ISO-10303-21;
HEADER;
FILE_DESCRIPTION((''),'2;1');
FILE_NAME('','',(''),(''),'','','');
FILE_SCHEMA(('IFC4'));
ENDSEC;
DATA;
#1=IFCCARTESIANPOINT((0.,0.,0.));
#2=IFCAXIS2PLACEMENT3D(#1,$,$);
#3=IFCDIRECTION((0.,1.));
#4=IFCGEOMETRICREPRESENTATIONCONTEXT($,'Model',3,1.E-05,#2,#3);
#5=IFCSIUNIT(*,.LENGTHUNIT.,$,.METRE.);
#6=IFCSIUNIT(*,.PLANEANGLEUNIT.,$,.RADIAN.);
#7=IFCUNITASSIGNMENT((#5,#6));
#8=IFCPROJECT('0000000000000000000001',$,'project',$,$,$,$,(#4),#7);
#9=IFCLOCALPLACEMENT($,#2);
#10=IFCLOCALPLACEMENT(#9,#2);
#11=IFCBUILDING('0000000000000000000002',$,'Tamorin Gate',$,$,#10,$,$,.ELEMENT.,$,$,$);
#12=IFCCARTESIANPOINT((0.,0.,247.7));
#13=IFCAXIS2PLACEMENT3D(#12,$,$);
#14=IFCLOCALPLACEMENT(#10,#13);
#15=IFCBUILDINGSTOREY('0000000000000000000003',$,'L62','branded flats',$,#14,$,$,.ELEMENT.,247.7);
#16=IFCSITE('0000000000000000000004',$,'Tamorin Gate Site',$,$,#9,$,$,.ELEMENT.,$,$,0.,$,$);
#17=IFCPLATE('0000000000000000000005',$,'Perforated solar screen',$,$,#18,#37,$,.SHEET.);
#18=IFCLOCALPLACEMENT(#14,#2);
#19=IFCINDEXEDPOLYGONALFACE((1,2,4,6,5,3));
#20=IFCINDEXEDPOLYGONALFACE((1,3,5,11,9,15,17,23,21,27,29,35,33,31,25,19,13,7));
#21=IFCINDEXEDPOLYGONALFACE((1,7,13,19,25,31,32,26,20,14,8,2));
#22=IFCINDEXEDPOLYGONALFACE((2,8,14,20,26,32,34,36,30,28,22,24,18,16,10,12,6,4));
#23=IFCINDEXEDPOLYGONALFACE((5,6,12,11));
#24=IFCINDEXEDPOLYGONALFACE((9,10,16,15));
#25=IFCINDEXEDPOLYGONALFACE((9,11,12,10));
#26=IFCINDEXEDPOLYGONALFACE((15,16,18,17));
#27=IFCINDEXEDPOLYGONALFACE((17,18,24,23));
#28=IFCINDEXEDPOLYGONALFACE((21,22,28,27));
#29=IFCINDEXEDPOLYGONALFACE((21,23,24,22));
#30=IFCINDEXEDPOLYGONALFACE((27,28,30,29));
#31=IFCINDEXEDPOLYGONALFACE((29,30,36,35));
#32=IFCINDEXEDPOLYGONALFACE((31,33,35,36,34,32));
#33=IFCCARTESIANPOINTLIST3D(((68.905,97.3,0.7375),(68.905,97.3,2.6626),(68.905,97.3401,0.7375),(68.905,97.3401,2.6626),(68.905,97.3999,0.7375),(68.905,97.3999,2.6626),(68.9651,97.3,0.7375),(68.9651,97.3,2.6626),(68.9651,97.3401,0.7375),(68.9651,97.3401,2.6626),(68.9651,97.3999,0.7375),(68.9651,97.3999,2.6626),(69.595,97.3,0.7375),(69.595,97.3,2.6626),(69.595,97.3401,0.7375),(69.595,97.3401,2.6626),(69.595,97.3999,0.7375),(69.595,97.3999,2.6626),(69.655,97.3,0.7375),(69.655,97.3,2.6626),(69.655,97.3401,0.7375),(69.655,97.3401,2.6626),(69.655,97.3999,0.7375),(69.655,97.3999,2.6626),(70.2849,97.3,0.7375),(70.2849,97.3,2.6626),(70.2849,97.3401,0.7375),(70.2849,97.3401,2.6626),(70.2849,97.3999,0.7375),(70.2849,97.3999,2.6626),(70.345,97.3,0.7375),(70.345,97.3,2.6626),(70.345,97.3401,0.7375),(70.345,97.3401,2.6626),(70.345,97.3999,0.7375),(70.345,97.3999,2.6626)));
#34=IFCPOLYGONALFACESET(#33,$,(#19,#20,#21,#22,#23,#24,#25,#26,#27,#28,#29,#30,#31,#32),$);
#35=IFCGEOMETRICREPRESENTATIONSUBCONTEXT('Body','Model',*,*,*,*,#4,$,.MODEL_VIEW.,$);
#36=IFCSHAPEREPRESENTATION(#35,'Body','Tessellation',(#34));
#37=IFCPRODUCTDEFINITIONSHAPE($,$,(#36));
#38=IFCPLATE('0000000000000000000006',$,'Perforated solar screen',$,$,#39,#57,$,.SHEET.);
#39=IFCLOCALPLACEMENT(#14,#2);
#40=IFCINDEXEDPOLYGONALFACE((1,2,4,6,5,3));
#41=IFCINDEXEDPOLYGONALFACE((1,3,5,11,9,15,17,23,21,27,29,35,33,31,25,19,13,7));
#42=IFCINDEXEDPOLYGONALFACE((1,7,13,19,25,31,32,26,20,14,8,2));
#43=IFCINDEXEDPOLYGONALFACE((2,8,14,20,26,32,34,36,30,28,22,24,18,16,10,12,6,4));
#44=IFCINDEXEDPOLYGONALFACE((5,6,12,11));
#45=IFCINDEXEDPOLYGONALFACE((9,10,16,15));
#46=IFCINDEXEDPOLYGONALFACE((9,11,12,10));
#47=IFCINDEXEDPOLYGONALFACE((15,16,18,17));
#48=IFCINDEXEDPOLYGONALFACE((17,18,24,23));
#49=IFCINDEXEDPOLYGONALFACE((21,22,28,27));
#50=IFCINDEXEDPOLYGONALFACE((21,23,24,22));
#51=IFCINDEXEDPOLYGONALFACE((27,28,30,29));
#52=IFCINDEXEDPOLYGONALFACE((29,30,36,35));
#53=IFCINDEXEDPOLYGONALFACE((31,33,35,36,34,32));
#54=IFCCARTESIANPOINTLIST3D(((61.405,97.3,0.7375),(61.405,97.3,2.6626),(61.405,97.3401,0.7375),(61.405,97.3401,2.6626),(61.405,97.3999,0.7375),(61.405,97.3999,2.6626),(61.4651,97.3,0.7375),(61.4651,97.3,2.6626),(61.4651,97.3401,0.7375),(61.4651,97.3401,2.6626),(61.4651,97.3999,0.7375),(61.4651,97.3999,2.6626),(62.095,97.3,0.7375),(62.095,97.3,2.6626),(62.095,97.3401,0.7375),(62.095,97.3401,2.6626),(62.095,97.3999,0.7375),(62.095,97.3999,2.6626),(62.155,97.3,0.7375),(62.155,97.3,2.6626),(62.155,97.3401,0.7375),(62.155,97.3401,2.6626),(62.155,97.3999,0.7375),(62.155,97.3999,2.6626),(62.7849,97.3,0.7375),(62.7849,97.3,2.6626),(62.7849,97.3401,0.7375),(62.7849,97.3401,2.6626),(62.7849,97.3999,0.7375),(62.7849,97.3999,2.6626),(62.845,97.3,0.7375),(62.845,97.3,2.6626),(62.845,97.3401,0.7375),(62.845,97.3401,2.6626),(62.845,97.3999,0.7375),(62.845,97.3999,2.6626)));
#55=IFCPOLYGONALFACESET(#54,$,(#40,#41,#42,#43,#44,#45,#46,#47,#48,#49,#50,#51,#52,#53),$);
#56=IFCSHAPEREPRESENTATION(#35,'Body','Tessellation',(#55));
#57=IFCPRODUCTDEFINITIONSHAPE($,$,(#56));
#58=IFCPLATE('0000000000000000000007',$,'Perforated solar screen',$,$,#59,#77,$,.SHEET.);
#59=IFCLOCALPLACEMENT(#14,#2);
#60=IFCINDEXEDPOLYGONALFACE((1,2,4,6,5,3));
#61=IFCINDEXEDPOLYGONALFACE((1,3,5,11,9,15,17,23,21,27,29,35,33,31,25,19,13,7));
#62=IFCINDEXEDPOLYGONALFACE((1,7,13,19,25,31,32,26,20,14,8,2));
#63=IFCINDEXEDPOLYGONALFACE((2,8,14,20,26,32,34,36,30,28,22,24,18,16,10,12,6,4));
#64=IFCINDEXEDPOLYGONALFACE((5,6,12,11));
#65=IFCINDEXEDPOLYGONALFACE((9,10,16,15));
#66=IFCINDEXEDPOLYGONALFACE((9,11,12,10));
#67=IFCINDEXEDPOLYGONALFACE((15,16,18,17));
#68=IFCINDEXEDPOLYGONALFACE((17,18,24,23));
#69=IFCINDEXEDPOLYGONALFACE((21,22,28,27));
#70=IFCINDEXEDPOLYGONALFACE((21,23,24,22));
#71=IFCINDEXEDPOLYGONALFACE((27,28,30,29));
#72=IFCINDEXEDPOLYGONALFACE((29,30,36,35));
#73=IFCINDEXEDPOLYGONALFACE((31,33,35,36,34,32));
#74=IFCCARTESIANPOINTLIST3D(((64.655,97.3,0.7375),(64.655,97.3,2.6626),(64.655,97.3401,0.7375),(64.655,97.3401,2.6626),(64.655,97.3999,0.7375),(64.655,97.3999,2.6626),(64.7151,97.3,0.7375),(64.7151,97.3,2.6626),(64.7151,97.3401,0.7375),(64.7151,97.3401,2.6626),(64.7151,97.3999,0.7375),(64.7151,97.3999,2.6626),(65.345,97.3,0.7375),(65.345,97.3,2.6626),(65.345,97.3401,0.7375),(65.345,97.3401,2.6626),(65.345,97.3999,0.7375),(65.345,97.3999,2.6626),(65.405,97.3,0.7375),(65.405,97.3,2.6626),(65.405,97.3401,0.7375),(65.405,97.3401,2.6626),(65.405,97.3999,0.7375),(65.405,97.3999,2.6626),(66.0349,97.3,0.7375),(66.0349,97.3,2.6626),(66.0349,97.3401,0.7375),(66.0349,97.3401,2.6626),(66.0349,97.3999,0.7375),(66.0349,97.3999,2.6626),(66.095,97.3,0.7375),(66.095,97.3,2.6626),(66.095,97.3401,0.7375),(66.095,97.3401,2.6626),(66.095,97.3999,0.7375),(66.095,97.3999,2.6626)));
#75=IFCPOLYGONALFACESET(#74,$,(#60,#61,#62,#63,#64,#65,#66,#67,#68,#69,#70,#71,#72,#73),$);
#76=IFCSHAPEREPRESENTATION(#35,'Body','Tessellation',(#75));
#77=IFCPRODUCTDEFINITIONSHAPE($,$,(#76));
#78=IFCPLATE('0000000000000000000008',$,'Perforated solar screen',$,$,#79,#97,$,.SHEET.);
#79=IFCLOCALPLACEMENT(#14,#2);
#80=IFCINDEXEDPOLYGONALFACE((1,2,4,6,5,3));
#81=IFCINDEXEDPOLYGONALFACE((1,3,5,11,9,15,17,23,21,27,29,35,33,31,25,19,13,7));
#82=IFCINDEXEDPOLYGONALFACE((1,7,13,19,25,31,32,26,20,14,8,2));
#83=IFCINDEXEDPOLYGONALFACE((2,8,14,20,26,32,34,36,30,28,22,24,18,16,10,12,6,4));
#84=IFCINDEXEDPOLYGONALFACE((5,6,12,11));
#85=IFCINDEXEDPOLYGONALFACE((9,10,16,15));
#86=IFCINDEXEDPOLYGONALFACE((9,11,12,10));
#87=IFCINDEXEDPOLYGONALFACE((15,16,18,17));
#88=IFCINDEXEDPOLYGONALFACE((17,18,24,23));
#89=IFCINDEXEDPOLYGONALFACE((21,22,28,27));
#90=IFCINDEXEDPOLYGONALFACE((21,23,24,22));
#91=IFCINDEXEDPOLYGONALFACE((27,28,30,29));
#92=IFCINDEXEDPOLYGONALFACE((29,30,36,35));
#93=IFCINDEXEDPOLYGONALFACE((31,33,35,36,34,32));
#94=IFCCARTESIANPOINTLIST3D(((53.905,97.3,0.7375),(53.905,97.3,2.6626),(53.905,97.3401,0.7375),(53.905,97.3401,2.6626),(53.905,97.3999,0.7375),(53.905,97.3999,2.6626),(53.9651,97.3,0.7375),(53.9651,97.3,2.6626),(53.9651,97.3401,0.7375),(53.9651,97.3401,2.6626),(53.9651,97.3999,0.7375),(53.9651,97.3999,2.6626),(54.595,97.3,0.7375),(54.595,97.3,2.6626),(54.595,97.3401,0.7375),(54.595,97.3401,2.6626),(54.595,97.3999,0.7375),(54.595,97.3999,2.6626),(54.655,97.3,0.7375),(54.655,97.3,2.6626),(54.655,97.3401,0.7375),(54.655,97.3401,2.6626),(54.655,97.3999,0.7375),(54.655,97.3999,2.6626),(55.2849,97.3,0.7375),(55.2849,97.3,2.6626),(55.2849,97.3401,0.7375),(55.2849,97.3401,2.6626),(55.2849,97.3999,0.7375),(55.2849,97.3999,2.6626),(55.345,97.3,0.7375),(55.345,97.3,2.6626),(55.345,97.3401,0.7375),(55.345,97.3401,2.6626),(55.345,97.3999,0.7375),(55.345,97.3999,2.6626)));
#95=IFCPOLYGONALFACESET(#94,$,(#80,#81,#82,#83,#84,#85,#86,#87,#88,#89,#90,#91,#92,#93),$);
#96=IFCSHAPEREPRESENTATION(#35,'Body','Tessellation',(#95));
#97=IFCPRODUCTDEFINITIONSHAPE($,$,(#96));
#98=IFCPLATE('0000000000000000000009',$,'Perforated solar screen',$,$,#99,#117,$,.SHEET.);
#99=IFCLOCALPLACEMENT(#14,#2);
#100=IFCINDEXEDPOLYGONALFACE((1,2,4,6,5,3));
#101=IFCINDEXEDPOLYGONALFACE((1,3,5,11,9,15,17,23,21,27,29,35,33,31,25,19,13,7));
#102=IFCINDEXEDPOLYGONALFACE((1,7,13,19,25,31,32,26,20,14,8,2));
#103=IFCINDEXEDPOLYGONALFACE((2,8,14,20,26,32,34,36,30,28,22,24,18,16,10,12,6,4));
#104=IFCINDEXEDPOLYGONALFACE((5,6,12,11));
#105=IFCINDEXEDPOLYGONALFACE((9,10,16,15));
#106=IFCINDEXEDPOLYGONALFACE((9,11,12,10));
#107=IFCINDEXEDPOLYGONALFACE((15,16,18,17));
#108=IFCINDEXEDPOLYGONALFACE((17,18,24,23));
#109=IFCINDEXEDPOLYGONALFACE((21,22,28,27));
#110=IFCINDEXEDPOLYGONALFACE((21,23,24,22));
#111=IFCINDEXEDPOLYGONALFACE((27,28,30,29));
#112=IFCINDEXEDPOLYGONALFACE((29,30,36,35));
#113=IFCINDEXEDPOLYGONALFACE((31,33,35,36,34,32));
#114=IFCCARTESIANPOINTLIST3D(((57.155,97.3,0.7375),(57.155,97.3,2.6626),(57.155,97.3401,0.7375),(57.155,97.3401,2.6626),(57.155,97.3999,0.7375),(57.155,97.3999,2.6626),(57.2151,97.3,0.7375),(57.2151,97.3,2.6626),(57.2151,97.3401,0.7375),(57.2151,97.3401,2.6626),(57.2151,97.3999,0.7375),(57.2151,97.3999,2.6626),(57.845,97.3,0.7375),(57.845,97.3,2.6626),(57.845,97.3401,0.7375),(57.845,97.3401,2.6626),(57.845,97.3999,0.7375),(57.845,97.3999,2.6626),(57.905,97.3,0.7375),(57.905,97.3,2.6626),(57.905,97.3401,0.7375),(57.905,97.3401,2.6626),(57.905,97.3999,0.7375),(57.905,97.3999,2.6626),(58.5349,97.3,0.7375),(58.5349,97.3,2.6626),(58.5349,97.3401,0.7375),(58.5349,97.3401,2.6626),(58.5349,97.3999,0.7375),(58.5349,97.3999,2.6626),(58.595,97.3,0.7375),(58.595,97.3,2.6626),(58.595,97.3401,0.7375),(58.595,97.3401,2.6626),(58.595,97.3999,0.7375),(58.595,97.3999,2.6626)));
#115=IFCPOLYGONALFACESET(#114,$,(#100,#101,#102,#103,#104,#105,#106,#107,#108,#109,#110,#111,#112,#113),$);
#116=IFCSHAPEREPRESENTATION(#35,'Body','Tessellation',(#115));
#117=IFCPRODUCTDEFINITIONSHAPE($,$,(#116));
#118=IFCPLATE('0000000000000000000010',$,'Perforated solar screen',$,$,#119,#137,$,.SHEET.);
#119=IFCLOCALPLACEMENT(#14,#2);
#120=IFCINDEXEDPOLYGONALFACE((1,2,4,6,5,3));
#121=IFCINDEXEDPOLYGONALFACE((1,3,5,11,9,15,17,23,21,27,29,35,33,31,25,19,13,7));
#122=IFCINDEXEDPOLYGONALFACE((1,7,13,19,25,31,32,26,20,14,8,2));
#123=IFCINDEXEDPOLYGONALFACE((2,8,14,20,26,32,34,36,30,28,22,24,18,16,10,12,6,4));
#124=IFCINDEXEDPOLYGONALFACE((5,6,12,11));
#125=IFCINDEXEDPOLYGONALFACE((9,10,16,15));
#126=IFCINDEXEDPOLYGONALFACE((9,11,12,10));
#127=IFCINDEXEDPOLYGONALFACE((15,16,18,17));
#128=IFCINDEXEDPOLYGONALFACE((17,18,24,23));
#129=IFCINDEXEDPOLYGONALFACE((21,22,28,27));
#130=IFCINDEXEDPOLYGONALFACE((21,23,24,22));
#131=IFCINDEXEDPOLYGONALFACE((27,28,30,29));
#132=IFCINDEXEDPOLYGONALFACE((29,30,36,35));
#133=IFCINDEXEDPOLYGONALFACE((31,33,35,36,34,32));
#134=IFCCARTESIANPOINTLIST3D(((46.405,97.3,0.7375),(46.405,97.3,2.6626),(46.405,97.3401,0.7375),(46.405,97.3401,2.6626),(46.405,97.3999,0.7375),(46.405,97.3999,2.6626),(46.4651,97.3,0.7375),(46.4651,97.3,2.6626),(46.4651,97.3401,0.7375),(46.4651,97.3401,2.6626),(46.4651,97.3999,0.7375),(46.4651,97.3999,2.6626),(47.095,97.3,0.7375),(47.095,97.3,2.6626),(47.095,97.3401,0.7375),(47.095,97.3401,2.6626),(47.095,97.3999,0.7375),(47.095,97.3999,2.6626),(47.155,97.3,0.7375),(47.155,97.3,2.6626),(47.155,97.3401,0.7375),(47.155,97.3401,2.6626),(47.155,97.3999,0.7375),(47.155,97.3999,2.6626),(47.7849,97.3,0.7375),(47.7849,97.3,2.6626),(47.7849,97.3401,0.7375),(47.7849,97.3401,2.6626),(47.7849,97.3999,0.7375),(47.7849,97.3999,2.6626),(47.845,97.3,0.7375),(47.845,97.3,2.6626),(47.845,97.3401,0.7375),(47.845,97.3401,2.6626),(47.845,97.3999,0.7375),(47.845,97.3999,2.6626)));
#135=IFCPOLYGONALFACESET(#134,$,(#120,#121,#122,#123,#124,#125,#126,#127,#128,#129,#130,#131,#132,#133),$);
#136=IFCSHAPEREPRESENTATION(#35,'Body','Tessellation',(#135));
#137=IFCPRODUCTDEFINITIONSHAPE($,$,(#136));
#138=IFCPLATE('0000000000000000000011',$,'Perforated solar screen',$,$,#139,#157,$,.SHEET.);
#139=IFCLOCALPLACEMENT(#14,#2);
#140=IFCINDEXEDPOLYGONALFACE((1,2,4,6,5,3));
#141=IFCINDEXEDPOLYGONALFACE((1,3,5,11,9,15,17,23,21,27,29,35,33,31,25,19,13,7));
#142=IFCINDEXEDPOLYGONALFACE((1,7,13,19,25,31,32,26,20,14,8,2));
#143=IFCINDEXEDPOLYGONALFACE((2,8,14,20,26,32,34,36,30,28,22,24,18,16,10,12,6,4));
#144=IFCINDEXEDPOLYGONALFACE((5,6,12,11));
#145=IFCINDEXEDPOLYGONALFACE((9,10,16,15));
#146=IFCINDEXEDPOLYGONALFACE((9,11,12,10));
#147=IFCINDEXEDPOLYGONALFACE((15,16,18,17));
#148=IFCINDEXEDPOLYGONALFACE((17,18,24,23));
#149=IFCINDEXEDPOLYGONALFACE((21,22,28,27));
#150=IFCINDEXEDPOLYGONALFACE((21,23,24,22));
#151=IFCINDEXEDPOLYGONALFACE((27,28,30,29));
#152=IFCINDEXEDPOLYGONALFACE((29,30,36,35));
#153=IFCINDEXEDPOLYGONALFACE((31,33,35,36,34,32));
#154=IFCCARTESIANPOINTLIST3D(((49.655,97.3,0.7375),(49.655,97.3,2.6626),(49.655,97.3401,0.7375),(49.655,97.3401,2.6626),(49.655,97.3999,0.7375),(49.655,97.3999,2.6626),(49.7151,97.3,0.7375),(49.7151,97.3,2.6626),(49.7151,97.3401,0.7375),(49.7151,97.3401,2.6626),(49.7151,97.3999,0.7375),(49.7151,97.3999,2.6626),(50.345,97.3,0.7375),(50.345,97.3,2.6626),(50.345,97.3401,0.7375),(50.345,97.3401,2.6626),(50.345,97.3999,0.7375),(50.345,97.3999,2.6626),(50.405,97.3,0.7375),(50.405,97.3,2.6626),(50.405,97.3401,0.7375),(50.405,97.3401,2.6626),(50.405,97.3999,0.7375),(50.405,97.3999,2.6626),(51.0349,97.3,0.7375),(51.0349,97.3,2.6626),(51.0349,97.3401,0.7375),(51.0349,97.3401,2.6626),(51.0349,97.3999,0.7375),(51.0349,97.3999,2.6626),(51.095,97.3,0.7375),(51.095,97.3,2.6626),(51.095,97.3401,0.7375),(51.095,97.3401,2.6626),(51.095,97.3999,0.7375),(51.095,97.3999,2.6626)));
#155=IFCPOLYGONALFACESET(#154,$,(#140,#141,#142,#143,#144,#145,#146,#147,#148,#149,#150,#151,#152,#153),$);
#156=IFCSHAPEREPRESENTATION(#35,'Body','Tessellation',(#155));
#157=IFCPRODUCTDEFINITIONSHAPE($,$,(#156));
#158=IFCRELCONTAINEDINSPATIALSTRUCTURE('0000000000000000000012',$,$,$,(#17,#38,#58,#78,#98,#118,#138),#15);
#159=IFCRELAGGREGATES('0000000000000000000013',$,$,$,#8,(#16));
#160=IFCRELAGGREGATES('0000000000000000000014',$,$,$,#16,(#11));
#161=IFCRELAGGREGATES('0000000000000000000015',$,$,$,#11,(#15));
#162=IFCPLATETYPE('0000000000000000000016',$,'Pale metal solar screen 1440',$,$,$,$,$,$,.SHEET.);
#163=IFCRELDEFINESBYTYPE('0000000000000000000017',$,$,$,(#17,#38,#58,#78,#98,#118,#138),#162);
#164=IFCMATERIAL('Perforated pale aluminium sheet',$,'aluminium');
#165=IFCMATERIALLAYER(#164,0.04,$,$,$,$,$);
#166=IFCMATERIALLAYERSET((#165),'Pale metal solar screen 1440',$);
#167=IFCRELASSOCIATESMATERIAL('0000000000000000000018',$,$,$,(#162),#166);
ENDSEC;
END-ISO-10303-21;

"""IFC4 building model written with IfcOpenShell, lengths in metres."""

from ifc_helpers import new_model, si_unit, direction, frame, origin, place, context, subcontext, project, spatial, polyline, outline, extrude, material, layer, layer_set, type_object, element, save


model = new_model("IFC4")

# Units and contexts
model_context = context("Model", 3, precision=1e-05, world=origin(), true_north=direction((0.0, 1.0)))
body_context = subcontext(model_context, "Body", "Model", "MODEL_VIEW")
ifc_project = project(units=[si_unit("LENGTHUNIT", "METRE"), si_unit("PLANEANGLEUNIT", "RADIAN")], contexts=[model_context])

# Site, building, storey
site_placement = place(None, origin())
site = spatial("IfcSite", under=ifc_project, at=site_placement, Name="Tamorin Gate Site", CompositionType="ELEMENT", RefElevation=0.0)
building_placement = place(site_placement, origin())
building = spatial("IfcBuilding", under=site, at=building_placement, Name="Tamorin Gate", CompositionType="ELEMENT")
storey_placement = place(building_placement, frame((0.0, 0.0, 247.7)))
storey = spatial("IfcBuildingStorey", under=building, at=storey_placement, Name="L62", Description="branded flats", CompositionType="ELEMENT", Elevation=247.7)

# Plates
ifc_material_1 = material(Name="Perforated pale aluminium sheet", Category="aluminium")
ifc_layer_1 = layer(ifc_material_1, 0.04)
ifc_layer_set_1 = layer_set([ifc_layer_1], Name="Pale metal solar screen 1440")
plate_type = type_object("IfcPlateType", Name="Pale metal solar screen 1440", PredefinedType="SHEET", material=ifc_layer_set_1)
plate_1_placement = place(storey_placement, frame((0.0, 0.0, 0.7375)))
element("IfcPlate", 1, at=plate_1_placement, inside=storey, type_object=plate_type, Name="Perforated solar screen", PredefinedType="SHEET", context=body_context, shape_type="SweptSolid", body=[
    extrude(outline(polyline([(70.345, 97.3401), (70.345, 97.3), (70.2849, 97.3), (69.655, 97.3), (69.595, 97.3), (68.9651, 97.3), (68.905, 97.3), (68.905, 97.3), (68.905, 97.3401), (68.905, 97.3401), (68.905, 97.3999), (68.9651, 97.3999), (68.9651, 97.3401), (69.595, 97.3401), (69.595, 97.3999), (69.655, 97.3999), (69.655, 97.3401), (70.2849, 97.3401), (70.2849, 97.3999), (70.345, 97.3999), (70.345, 97.3401)])), origin(), (0.0, 0.0, 1.0), 1.925),
])
plate_2_placement = place(storey_placement, frame((0.0, 0.0, 0.7375)))
element("IfcPlate", 2, at=plate_2_placement, inside=storey, type_object=plate_type, Name="Perforated solar screen", PredefinedType="SHEET", context=body_context, shape_type="SweptSolid", body=[
    extrude(outline(polyline([(62.845, 97.3401), (62.845, 97.3), (62.7849, 97.3), (62.155, 97.3), (62.095, 97.3), (61.4651, 97.3), (61.405, 97.3), (61.405, 97.3401), (61.405, 97.3999), (61.4651, 97.3999), (61.4651, 97.3401), (62.095, 97.3401), (62.095, 97.3999), (62.155, 97.3999), (62.155, 97.3401), (62.7849, 97.3401), (62.7849, 97.3999), (62.845, 97.3999), (62.845, 97.3401)])), origin(), (0.0, 0.0, 1.0), 1.925),
])
plate_3_placement = place(storey_placement, frame((0.0, 0.0, 0.7375)))
element("IfcPlate", 3, at=plate_3_placement, inside=storey, type_object=plate_type, Name="Perforated solar screen", PredefinedType="SHEET", context=body_context, shape_type="SweptSolid", body=[
    extrude(outline(polyline([(66.095, 97.3401), (66.095, 97.3), (66.0349, 97.3), (65.405, 97.3), (65.345, 97.3), (64.7151, 97.3), (64.655, 97.3), (64.655, 97.3401), (64.655, 97.3999), (64.7151, 97.3999), (64.7151, 97.3401), (65.345, 97.3401), (65.345, 97.3999), (65.405, 97.3999), (65.405, 97.3401), (66.0349, 97.3401), (66.0349, 97.3999), (66.095, 97.3999), (66.095, 97.3401)])), origin(), (0.0, 0.0, 1.0), 1.925),
])
plate_4_placement = place(storey_placement, frame((0.0, 0.0, 0.7375)))
element("IfcPlate", 4, at=plate_4_placement, inside=storey, type_object=plate_type, Name="Perforated solar screen", PredefinedType="SHEET", context=body_context, shape_type="SweptSolid", body=[
    extrude(outline(polyline([(55.345, 97.3401), (55.345, 97.3), (55.2849, 97.3), (54.655, 97.3), (54.595, 97.3), (53.9651, 97.3), (53.905, 97.3), (53.905, 97.3401), (53.905, 97.3999), (53.9651, 97.3999), (53.9651, 97.3401), (54.595, 97.3401), (54.595, 97.3999), (54.655, 97.3999), (54.655, 97.3401), (55.2849, 97.3401), (55.2849, 97.3999), (55.345, 97.3999), (55.345, 97.3401)])), origin(), (0.0, 0.0, 1.0), 1.925),
])
plate_5_placement = place(storey_placement, frame((0.0, 0.0, 0.7375)))
element("IfcPlate", 5, at=plate_5_placement, inside=storey, type_object=plate_type, Name="Perforated solar screen", PredefinedType="SHEET", context=body_context, shape_type="SweptSolid", body=[
    extrude(outline(polyline([(58.595, 97.3401), (58.595, 97.3), (58.5349, 97.3), (57.905, 97.3), (57.845, 97.3), (57.2151, 97.3), (57.155, 97.3), (57.155, 97.3401), (57.155, 97.3999), (57.2151, 97.3999), (57.2151, 97.3401), (57.845, 97.3401), (57.845, 97.3999), (57.905, 97.3999), (57.905, 97.3401), (58.5349, 97.3401), (58.5349, 97.3999), (58.595, 97.3999), (58.595, 97.3401)])), origin(), (0.0, 0.0, 1.0), 1.925),
])
plate_6_placement = place(storey_placement, frame((0.0, 0.0, 0.7375)))
element("IfcPlate", 6, at=plate_6_placement, inside=storey, type_object=plate_type, Name="Perforated solar screen", PredefinedType="SHEET", context=body_context, shape_type="SweptSolid", body=[
    extrude(outline(polyline([(47.845, 97.3401), (47.845, 97.3), (47.7849, 97.3), (47.155, 97.3), (47.095, 97.3), (46.4651, 97.3), (46.405, 97.3), (46.405, 97.3401), (46.405, 97.3999), (46.4651, 97.3999), (46.4651, 97.3401), (47.095, 97.3401), (47.095, 97.3999), (47.155, 97.3999), (47.155, 97.3401), (47.7849, 97.3401), (47.7849, 97.3999), (47.845, 97.3999), (47.845, 97.3401)])), origin(), (0.0, 0.0, 1.0), 1.925),
])
plate_7_placement = place(storey_placement, frame((0.0, 0.0, 0.7375)))
element("IfcPlate", 7, at=plate_7_placement, inside=storey, type_object=plate_type, Name="Perforated solar screen", PredefinedType="SHEET", context=body_context, shape_type="SweptSolid", body=[
    extrude(outline(polyline([(51.095, 97.3401), (51.095, 97.3), (51.0349, 97.3), (50.405, 97.3), (50.345, 97.3), (49.7151, 97.3), (49.655, 97.3), (49.655, 97.3401), (49.655, 97.3999), (49.7151, 97.3999), (49.7151, 97.3401), (50.345, 97.3401), (50.345, 97.3999), (50.405, 97.3999), (50.405, 97.3401), (51.0349, 97.3401), (51.0349, 97.3999), (51.095, 97.3999), (51.095, 97.3401)])), origin(), (0.0, 0.0, 1.0), 1.925),
])

save(model, "model.ifc")
